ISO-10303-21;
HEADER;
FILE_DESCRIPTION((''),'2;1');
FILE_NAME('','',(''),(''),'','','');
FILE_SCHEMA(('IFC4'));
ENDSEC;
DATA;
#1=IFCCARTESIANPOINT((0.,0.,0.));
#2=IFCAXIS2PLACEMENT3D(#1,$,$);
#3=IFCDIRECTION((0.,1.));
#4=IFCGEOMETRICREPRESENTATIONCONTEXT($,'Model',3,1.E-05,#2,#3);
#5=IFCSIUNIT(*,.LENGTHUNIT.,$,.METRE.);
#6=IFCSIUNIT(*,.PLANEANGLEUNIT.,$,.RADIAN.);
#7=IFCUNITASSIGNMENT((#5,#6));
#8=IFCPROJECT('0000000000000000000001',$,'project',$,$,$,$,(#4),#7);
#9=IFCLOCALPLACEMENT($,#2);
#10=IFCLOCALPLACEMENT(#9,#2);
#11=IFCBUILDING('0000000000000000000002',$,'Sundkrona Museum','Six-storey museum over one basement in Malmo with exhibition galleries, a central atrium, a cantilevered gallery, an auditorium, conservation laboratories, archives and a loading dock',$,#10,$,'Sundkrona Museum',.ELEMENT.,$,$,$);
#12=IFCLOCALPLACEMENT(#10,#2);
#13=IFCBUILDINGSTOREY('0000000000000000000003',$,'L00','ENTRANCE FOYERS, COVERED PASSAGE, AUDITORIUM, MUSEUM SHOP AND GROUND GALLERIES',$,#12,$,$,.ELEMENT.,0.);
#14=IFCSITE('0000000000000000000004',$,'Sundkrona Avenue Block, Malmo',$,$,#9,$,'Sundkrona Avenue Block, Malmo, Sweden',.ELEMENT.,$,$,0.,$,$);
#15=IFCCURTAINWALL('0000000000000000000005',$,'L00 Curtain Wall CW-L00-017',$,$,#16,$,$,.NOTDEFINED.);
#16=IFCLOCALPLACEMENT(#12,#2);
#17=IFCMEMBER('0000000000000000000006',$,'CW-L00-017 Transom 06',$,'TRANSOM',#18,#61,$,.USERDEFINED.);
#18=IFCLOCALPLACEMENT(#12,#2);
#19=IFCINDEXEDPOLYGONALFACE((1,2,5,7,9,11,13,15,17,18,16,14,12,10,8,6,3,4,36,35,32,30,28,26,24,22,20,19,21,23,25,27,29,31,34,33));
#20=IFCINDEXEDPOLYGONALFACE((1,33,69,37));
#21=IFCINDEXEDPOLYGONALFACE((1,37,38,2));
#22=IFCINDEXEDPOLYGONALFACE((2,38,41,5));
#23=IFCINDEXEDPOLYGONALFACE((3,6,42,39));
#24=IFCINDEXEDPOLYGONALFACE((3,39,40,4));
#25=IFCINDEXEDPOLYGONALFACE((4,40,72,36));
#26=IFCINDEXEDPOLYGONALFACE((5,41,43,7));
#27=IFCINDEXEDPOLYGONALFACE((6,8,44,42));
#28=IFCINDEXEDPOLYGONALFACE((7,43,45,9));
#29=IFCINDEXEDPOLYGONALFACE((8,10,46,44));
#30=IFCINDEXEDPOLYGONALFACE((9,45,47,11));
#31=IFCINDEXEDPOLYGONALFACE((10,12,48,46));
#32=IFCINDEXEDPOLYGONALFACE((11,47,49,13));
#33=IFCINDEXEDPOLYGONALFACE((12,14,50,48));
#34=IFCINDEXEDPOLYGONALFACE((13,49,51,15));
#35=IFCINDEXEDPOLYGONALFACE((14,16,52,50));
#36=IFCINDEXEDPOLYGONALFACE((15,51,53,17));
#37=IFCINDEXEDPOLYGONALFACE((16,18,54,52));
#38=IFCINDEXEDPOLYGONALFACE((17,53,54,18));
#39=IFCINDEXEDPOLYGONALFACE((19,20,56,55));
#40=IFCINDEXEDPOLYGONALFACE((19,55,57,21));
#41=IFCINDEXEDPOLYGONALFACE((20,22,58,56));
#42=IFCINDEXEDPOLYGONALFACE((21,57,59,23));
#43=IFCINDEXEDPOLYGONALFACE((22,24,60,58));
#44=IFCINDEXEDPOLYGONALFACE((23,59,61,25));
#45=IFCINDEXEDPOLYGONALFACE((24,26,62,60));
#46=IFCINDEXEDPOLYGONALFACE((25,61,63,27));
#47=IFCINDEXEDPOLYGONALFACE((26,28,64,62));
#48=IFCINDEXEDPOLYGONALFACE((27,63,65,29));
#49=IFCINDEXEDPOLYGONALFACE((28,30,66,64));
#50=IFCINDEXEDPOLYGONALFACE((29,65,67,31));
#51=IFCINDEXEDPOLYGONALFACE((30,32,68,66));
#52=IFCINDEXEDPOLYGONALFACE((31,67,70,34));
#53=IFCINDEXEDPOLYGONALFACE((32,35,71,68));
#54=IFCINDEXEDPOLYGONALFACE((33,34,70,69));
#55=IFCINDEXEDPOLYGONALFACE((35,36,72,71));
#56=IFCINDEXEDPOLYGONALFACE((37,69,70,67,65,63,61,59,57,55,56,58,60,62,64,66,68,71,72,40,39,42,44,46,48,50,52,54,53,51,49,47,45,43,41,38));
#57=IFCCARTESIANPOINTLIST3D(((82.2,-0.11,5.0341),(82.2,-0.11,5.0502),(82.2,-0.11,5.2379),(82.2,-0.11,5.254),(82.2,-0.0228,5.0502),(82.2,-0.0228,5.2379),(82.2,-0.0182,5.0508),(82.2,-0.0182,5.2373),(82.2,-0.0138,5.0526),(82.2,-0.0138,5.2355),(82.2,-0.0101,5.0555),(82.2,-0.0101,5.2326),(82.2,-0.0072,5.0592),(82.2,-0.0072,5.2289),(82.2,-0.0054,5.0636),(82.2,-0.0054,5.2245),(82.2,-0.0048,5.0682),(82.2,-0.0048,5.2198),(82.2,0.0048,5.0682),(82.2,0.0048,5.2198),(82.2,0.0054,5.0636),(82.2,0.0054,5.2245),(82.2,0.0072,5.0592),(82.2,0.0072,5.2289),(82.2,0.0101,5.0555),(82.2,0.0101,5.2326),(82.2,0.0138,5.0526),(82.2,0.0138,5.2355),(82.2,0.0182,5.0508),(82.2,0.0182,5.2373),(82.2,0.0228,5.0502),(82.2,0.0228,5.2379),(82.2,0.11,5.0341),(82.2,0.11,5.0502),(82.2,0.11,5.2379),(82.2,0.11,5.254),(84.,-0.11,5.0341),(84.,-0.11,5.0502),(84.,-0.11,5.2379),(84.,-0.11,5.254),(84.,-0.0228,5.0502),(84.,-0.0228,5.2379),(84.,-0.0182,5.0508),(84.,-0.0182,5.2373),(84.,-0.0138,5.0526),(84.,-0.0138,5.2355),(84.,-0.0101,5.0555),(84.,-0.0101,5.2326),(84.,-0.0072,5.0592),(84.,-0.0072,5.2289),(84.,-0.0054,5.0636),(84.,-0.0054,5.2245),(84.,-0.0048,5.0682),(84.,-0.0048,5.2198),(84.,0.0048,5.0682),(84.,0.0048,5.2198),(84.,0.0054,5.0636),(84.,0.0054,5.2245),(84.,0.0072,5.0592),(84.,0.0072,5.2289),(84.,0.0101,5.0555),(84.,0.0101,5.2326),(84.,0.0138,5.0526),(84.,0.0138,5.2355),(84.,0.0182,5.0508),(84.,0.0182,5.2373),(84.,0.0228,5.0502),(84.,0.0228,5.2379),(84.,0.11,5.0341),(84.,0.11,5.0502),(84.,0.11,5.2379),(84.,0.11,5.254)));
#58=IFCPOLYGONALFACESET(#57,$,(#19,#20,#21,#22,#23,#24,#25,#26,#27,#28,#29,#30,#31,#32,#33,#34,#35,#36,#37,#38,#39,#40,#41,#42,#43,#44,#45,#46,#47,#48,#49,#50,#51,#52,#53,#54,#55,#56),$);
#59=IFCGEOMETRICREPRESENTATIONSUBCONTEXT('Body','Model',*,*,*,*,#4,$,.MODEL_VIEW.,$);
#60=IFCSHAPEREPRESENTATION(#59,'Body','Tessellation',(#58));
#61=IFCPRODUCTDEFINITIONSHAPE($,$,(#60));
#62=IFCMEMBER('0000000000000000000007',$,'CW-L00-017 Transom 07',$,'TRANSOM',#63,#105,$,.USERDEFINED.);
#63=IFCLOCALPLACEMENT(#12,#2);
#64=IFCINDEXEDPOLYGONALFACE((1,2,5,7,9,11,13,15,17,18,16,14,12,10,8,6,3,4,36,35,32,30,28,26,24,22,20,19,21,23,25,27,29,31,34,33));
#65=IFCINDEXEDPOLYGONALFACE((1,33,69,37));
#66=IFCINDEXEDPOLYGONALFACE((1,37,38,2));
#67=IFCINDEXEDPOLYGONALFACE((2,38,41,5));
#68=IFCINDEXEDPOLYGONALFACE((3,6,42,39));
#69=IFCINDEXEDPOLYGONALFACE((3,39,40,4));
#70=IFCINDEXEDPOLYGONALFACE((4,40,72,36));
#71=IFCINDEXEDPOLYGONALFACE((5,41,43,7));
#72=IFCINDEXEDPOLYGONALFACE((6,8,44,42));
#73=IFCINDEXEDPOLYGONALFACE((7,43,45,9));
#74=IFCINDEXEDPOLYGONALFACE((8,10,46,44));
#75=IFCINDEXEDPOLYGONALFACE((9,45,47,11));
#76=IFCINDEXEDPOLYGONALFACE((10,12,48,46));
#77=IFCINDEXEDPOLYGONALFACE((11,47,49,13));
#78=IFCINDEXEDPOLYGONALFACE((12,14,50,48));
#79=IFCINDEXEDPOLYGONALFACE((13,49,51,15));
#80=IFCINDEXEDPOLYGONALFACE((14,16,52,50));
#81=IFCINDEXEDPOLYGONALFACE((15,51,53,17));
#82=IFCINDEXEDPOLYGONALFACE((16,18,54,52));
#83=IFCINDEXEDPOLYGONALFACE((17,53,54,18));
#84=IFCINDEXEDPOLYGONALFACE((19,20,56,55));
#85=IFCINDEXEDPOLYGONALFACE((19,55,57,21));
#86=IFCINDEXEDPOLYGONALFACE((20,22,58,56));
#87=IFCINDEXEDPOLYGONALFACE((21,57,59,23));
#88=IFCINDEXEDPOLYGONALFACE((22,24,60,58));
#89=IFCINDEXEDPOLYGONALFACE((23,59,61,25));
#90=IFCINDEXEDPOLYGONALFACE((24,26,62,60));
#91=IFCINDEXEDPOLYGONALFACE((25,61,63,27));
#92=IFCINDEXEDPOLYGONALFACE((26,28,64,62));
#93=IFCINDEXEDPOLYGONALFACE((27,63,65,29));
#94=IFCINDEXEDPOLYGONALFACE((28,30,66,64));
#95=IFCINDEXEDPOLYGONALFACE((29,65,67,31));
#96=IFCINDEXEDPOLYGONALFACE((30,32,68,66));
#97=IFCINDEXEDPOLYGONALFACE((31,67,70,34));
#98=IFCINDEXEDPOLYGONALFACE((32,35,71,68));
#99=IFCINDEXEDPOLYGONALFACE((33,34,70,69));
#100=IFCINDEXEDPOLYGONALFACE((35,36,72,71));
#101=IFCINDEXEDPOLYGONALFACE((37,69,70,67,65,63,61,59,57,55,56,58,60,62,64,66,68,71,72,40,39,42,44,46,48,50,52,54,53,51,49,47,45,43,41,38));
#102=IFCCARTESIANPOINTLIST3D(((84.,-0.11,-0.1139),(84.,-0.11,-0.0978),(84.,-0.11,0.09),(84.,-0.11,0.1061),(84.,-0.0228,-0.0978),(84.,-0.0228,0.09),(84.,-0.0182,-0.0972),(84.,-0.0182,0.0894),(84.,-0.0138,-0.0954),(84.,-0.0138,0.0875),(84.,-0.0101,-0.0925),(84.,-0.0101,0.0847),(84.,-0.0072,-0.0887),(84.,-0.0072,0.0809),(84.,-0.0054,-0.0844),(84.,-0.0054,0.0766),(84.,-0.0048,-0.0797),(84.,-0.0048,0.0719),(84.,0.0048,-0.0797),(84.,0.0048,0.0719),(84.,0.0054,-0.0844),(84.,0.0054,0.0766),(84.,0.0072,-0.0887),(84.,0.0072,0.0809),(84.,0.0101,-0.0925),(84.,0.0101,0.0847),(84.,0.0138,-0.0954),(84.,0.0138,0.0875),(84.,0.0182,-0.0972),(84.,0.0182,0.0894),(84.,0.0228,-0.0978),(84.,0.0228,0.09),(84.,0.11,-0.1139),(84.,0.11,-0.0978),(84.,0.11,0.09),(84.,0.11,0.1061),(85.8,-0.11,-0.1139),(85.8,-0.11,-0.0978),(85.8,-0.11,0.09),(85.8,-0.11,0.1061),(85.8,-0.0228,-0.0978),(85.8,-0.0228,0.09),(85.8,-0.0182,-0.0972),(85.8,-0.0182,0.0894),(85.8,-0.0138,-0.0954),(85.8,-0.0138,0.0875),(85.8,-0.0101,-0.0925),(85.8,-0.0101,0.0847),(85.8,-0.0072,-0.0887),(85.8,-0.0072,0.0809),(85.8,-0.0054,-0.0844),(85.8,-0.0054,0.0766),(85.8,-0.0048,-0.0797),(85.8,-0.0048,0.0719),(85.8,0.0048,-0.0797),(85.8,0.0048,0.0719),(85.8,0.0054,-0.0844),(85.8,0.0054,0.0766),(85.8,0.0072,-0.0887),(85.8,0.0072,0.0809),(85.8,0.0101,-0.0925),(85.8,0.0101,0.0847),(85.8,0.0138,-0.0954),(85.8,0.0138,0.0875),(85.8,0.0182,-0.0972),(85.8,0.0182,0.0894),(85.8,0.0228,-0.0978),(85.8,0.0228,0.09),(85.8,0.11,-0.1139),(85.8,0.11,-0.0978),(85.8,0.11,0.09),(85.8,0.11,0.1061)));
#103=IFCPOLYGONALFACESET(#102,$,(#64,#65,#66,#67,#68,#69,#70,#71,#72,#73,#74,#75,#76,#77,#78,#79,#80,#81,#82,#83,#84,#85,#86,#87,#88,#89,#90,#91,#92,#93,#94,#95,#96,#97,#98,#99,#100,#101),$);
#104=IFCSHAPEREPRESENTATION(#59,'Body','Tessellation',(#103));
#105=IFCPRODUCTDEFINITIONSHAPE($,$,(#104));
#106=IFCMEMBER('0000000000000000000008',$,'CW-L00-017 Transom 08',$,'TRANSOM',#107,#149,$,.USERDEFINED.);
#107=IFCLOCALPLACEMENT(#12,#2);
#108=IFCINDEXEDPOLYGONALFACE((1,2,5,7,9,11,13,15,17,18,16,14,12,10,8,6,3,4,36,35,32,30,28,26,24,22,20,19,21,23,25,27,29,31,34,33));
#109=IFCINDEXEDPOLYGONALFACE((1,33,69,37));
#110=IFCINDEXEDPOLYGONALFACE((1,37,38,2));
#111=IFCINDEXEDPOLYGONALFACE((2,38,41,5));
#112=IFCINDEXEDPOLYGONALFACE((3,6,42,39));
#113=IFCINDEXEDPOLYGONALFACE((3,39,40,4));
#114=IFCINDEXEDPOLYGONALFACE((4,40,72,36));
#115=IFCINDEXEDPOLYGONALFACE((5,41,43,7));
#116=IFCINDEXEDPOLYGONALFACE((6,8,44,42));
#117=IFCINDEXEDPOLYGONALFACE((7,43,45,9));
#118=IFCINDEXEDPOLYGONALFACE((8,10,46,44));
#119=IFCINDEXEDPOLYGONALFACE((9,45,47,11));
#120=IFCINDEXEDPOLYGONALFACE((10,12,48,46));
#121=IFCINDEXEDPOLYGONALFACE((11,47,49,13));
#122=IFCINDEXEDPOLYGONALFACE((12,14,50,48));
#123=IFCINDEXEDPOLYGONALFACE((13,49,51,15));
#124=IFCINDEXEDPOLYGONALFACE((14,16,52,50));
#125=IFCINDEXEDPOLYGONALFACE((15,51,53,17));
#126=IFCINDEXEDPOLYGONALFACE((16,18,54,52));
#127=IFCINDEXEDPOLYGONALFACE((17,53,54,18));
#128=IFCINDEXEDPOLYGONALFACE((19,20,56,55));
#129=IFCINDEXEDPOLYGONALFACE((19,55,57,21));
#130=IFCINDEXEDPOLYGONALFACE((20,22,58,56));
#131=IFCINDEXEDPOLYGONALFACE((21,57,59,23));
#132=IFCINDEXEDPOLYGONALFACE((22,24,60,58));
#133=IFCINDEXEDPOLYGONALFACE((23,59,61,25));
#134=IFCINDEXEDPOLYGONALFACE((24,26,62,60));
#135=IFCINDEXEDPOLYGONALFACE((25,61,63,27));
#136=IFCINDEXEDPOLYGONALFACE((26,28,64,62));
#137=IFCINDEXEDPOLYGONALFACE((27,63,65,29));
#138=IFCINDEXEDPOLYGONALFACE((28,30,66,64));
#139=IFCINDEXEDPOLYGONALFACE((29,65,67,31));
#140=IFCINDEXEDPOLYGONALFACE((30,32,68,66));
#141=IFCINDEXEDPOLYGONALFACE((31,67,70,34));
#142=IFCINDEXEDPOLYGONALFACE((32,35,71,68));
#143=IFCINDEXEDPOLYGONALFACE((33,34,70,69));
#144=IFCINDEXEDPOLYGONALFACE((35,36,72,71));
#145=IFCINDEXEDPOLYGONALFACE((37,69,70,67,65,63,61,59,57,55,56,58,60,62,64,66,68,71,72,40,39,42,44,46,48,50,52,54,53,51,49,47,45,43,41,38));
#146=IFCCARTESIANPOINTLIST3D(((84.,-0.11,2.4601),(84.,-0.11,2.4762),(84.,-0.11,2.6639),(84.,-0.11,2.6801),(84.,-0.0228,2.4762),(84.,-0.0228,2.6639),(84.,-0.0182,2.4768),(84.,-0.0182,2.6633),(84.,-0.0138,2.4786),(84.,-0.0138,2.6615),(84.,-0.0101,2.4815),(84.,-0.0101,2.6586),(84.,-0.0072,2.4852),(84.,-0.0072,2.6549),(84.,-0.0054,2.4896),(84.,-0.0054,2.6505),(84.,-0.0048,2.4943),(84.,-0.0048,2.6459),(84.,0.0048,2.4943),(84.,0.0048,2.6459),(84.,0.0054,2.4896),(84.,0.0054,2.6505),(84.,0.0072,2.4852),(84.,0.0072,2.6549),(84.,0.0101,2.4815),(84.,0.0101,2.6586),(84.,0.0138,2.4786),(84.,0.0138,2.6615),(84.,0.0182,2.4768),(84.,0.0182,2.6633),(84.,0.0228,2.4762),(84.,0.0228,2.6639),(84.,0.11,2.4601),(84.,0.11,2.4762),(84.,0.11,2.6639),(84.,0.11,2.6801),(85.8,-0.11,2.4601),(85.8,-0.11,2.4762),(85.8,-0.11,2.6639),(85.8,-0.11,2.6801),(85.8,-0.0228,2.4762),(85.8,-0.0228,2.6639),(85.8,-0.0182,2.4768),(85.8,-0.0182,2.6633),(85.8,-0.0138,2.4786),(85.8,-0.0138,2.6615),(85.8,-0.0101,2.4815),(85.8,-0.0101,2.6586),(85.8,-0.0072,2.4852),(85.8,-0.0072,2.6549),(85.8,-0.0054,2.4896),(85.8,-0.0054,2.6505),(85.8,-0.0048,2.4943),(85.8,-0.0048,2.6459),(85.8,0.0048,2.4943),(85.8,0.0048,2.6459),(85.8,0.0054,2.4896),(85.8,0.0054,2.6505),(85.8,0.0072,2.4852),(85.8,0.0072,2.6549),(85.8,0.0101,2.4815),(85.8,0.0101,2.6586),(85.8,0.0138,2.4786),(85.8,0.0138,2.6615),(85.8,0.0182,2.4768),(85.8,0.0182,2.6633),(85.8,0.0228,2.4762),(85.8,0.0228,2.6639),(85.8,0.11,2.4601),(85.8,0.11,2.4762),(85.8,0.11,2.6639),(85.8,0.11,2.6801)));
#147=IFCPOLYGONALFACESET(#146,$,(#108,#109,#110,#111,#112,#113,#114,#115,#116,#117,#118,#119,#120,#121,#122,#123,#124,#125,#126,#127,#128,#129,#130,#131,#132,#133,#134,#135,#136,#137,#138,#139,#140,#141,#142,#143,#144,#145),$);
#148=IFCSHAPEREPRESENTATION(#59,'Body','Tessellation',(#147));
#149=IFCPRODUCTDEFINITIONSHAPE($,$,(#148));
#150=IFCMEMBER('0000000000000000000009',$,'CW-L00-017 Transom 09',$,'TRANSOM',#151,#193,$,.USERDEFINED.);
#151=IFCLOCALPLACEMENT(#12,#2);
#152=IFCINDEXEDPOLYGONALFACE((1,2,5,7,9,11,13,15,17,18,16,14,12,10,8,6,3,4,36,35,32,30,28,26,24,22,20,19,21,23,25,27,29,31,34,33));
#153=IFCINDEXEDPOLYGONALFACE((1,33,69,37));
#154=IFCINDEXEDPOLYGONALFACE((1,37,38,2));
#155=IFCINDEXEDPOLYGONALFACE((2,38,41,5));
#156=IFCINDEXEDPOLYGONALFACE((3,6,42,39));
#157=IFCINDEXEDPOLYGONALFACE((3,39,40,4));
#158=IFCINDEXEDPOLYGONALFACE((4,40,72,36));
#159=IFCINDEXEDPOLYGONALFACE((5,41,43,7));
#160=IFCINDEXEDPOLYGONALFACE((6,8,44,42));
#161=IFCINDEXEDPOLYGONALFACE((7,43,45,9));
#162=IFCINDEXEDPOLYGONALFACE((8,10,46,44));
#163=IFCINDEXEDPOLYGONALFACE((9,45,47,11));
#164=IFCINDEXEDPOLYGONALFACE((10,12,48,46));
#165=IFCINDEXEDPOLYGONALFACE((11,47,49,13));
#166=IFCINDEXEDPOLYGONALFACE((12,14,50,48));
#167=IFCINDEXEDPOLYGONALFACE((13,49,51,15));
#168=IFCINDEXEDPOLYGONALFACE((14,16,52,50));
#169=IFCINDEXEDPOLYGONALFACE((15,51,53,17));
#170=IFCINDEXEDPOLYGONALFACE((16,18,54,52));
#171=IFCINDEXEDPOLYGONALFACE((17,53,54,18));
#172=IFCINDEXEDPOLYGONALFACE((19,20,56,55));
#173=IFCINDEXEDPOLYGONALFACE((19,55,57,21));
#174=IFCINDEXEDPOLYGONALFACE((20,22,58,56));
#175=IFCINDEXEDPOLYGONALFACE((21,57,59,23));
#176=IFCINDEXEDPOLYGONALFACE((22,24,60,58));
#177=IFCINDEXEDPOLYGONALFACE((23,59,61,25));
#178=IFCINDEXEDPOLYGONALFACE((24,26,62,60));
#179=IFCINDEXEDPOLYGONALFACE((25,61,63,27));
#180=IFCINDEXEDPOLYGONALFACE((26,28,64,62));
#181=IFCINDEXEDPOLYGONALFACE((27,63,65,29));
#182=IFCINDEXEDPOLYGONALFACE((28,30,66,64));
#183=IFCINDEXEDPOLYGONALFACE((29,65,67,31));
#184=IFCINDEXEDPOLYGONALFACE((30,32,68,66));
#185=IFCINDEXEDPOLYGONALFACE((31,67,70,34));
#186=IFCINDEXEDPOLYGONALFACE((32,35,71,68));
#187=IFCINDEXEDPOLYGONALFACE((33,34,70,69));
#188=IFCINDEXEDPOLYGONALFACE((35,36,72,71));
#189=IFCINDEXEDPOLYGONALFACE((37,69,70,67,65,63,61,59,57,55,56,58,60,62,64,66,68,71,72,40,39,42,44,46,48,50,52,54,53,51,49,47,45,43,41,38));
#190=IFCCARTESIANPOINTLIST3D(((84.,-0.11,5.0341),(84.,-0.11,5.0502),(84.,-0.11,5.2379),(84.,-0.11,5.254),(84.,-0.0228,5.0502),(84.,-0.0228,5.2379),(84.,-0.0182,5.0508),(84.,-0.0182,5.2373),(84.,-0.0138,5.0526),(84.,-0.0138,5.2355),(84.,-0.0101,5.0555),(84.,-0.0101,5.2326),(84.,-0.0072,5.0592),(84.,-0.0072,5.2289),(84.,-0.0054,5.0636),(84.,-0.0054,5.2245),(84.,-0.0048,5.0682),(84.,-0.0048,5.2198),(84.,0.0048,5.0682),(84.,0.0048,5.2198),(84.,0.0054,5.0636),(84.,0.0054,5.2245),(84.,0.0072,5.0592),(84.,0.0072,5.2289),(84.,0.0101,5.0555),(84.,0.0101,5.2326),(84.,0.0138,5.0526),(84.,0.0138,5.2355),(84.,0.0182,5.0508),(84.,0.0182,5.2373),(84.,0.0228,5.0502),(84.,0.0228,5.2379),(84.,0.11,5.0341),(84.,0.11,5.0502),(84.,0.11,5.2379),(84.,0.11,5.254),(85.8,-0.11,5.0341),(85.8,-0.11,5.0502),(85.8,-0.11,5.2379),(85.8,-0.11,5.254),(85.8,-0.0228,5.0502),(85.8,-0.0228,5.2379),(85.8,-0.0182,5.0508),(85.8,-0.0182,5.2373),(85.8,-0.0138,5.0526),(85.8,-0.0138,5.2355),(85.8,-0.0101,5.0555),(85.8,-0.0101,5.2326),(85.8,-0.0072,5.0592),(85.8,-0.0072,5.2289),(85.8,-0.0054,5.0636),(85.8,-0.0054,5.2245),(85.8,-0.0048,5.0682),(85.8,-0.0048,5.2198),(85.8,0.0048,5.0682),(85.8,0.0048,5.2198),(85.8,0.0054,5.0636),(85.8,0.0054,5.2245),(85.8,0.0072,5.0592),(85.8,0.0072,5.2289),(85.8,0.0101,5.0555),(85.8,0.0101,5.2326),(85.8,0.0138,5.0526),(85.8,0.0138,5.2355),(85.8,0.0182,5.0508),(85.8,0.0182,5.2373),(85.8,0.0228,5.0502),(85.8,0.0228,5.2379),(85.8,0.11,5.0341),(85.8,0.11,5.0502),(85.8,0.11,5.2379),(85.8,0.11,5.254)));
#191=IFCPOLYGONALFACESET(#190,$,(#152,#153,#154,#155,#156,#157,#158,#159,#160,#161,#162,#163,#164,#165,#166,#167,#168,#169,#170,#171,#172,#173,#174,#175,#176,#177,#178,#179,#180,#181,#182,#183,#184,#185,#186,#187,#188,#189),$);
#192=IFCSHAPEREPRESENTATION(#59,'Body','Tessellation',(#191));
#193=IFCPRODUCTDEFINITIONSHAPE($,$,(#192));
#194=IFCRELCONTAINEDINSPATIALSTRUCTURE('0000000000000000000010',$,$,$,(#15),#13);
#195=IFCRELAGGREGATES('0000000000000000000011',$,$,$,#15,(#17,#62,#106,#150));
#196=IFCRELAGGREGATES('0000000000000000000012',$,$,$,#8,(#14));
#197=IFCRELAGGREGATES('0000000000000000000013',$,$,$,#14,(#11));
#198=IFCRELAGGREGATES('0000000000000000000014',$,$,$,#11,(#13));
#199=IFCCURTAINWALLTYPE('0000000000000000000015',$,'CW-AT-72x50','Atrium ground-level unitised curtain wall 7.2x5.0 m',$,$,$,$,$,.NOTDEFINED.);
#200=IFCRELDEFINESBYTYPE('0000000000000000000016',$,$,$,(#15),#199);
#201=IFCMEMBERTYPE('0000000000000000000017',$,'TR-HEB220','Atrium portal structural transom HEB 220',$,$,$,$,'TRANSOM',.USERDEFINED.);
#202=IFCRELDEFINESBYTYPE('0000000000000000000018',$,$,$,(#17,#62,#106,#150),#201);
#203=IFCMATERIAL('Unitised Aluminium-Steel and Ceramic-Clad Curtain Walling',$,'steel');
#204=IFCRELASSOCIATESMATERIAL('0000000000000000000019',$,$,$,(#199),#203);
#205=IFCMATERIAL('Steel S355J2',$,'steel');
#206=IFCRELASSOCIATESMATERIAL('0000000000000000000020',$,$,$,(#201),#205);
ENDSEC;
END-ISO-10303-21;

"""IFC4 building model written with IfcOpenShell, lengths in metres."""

from ifc_helpers import new_model, si_unit, direction, frame, origin, origin_2d, place, context, subcontext, project, spatial, i_section, extrude, material, material_profile, profile_set, type_object, element, aggregate, save


model = new_model("IFC4")

# Units and contexts
model_context = context("Model", 3, precision=1e-05, world=origin(), true_north=direction((0.0, 1.0)))
body_context = subcontext(model_context, "Body", "Model", "MODEL_VIEW")
ifc_project = project(units=[si_unit("LENGTHUNIT", "METRE"), si_unit("PLANEANGLEUNIT", "RADIAN")], contexts=[model_context])

# Site, building, storey
site_placement = place(None, origin())
site = spatial("IfcSite", under=ifc_project, at=site_placement, Name="Sundkrona Avenue Block, Malmo", LongName="Sundkrona Avenue Block, Malmo, Sweden", CompositionType="ELEMENT", RefElevation=0.0)
building_placement = place(site_placement, origin())
building = spatial("IfcBuilding", under=site, at=building_placement, Name="Sundkrona Museum", Description="Six-storey museum over one basement in Malmo with exhibition galleries, a central atrium, a cantilevered gallery, an auditorium, conservation laboratories, archives and a loading dock", LongName="Sundkrona Museum", CompositionType="ELEMENT")
storey_placement = place(building_placement, origin())
storey = spatial("IfcBuildingStorey", under=building, at=storey_placement, Name="L00", Description="ENTRANCE FOYERS, COVERED PASSAGE, AUDITORIUM, MUSEUM SHOP AND GROUND GALLERIES", CompositionType="ELEMENT", Elevation=0.0)

# Shared definitions
ifc_material_1 = material(Name="Steel S355J2", Category="steel")

# Curtain wall, members
ifc_material_2 = material(Name="Unitised Aluminium-Steel and Ceramic-Clad Curtain Walling", Category="steel")
curtain_wall_type = type_object("IfcCurtainWallType", Name="CW-AT-72x50", Description="Atrium ground-level unitised curtain wall 7.2x5.0 m", PredefinedType="NOTDEFINED", material=ifc_material_2)
curtain_wall_placement = place(storey_placement, origin())
curtain_wall = element("IfcCurtainWall", 1, at=curtain_wall_placement, inside=storey, type_object=curtain_wall_type, Name="L00 Curtain Wall CW-L00-017", PredefinedType="NOTDEFINED")
ifc_material_profile_1 = material_profile(ifc_material_1, i_section(OverallWidth=0.22, OverallDepth=0.22, WebThickness=0.0095, FlangeThickness=0.0161, FilletRadius=0.0181, at=origin_2d()), Name="HEB 220")
ifc_profile_set_1 = profile_set([ifc_material_profile_1], Name="Steel S355J2")
member_type_1 = type_object("IfcMemberType", Name="TR-HEB220", Description="Atrium portal structural transom HEB 220", ElementType="TRANSOM", PredefinedType="USERDEFINED", material=ifc_profile_set_1)
member_1_placement = place(storey_placement, frame((82.2, 0.0, 5.144), z_axis=(1.0, 0.0, 0.0), x_axis=(0.0, 1.0, 0.0)))
member_1 = element("IfcMember", 2, at=member_1_placement, type_object=member_type_1, Name="CW-L00-017 Transom 06", ObjectType="TRANSOM", PredefinedType="USERDEFINED", context=body_context, shape_type="SweptSolid", body=[
    extrude(i_section(OverallWidth=0.22, OverallDepth=0.22, WebThickness=0.0095, FlangeThickness=0.0161, FilletRadius=0.0181, at=origin_2d()), origin(), (0.0, 0.0, 1.0), 1.8),
])
member_2_placement = place(storey_placement, frame((84.0, 0.0, -0.0039), z_axis=(1.0, 0.0, 0.0), x_axis=(0.0, 1.0, 0.0)))
member_2 = element("IfcMember", 3, at=member_2_placement, type_object=member_type_1, Name="CW-L00-017 Transom 07", ObjectType="TRANSOM", PredefinedType="USERDEFINED", context=body_context, shape_type="SweptSolid", body=[
    extrude(i_section(OverallWidth=0.22, OverallDepth=0.22, WebThickness=0.0095, FlangeThickness=0.0161, FilletRadius=0.0181, at=origin_2d()), origin(), (0.0, 0.0, 1.0), 1.8),
])
member_3_placement = place(storey_placement, frame((84.0, 0.0, 2.5701), z_axis=(1.0, 0.0, 0.0), x_axis=(0.0, 1.0, 0.0)))
member_3 = element("IfcMember", 4, at=member_3_placement, type_object=member_type_1, Name="CW-L00-017 Transom 08", ObjectType="TRANSOM", PredefinedType="USERDEFINED", context=body_context, shape_type="SweptSolid", body=[
    extrude(i_section(OverallWidth=0.22, OverallDepth=0.22, WebThickness=0.0095, FlangeThickness=0.0161, FilletRadius=0.0181, at=origin_2d()), origin(), (0.0, 0.0, 1.0), 1.8),
])
member_4_placement = place(storey_placement, frame((84.0, 0.0, 5.144), z_axis=(1.0, 0.0, 0.0), x_axis=(0.0, 1.0, 0.0)))
member_4 = element("IfcMember", 5, at=member_4_placement, type_object=member_type_1, Name="CW-L00-017 Transom 09", ObjectType="TRANSOM", PredefinedType="USERDEFINED", context=body_context, shape_type="SweptSolid", body=[
    extrude(i_section(OverallWidth=0.22, OverallDepth=0.22, WebThickness=0.0095, FlangeThickness=0.0161, FilletRadius=0.0181, at=origin_2d()), origin(), (0.0, 0.0, 1.0), 1.8),
])
aggregate(curtain_wall, [member_1, member_2, member_3, member_4])

save(model, "model.ifc")
